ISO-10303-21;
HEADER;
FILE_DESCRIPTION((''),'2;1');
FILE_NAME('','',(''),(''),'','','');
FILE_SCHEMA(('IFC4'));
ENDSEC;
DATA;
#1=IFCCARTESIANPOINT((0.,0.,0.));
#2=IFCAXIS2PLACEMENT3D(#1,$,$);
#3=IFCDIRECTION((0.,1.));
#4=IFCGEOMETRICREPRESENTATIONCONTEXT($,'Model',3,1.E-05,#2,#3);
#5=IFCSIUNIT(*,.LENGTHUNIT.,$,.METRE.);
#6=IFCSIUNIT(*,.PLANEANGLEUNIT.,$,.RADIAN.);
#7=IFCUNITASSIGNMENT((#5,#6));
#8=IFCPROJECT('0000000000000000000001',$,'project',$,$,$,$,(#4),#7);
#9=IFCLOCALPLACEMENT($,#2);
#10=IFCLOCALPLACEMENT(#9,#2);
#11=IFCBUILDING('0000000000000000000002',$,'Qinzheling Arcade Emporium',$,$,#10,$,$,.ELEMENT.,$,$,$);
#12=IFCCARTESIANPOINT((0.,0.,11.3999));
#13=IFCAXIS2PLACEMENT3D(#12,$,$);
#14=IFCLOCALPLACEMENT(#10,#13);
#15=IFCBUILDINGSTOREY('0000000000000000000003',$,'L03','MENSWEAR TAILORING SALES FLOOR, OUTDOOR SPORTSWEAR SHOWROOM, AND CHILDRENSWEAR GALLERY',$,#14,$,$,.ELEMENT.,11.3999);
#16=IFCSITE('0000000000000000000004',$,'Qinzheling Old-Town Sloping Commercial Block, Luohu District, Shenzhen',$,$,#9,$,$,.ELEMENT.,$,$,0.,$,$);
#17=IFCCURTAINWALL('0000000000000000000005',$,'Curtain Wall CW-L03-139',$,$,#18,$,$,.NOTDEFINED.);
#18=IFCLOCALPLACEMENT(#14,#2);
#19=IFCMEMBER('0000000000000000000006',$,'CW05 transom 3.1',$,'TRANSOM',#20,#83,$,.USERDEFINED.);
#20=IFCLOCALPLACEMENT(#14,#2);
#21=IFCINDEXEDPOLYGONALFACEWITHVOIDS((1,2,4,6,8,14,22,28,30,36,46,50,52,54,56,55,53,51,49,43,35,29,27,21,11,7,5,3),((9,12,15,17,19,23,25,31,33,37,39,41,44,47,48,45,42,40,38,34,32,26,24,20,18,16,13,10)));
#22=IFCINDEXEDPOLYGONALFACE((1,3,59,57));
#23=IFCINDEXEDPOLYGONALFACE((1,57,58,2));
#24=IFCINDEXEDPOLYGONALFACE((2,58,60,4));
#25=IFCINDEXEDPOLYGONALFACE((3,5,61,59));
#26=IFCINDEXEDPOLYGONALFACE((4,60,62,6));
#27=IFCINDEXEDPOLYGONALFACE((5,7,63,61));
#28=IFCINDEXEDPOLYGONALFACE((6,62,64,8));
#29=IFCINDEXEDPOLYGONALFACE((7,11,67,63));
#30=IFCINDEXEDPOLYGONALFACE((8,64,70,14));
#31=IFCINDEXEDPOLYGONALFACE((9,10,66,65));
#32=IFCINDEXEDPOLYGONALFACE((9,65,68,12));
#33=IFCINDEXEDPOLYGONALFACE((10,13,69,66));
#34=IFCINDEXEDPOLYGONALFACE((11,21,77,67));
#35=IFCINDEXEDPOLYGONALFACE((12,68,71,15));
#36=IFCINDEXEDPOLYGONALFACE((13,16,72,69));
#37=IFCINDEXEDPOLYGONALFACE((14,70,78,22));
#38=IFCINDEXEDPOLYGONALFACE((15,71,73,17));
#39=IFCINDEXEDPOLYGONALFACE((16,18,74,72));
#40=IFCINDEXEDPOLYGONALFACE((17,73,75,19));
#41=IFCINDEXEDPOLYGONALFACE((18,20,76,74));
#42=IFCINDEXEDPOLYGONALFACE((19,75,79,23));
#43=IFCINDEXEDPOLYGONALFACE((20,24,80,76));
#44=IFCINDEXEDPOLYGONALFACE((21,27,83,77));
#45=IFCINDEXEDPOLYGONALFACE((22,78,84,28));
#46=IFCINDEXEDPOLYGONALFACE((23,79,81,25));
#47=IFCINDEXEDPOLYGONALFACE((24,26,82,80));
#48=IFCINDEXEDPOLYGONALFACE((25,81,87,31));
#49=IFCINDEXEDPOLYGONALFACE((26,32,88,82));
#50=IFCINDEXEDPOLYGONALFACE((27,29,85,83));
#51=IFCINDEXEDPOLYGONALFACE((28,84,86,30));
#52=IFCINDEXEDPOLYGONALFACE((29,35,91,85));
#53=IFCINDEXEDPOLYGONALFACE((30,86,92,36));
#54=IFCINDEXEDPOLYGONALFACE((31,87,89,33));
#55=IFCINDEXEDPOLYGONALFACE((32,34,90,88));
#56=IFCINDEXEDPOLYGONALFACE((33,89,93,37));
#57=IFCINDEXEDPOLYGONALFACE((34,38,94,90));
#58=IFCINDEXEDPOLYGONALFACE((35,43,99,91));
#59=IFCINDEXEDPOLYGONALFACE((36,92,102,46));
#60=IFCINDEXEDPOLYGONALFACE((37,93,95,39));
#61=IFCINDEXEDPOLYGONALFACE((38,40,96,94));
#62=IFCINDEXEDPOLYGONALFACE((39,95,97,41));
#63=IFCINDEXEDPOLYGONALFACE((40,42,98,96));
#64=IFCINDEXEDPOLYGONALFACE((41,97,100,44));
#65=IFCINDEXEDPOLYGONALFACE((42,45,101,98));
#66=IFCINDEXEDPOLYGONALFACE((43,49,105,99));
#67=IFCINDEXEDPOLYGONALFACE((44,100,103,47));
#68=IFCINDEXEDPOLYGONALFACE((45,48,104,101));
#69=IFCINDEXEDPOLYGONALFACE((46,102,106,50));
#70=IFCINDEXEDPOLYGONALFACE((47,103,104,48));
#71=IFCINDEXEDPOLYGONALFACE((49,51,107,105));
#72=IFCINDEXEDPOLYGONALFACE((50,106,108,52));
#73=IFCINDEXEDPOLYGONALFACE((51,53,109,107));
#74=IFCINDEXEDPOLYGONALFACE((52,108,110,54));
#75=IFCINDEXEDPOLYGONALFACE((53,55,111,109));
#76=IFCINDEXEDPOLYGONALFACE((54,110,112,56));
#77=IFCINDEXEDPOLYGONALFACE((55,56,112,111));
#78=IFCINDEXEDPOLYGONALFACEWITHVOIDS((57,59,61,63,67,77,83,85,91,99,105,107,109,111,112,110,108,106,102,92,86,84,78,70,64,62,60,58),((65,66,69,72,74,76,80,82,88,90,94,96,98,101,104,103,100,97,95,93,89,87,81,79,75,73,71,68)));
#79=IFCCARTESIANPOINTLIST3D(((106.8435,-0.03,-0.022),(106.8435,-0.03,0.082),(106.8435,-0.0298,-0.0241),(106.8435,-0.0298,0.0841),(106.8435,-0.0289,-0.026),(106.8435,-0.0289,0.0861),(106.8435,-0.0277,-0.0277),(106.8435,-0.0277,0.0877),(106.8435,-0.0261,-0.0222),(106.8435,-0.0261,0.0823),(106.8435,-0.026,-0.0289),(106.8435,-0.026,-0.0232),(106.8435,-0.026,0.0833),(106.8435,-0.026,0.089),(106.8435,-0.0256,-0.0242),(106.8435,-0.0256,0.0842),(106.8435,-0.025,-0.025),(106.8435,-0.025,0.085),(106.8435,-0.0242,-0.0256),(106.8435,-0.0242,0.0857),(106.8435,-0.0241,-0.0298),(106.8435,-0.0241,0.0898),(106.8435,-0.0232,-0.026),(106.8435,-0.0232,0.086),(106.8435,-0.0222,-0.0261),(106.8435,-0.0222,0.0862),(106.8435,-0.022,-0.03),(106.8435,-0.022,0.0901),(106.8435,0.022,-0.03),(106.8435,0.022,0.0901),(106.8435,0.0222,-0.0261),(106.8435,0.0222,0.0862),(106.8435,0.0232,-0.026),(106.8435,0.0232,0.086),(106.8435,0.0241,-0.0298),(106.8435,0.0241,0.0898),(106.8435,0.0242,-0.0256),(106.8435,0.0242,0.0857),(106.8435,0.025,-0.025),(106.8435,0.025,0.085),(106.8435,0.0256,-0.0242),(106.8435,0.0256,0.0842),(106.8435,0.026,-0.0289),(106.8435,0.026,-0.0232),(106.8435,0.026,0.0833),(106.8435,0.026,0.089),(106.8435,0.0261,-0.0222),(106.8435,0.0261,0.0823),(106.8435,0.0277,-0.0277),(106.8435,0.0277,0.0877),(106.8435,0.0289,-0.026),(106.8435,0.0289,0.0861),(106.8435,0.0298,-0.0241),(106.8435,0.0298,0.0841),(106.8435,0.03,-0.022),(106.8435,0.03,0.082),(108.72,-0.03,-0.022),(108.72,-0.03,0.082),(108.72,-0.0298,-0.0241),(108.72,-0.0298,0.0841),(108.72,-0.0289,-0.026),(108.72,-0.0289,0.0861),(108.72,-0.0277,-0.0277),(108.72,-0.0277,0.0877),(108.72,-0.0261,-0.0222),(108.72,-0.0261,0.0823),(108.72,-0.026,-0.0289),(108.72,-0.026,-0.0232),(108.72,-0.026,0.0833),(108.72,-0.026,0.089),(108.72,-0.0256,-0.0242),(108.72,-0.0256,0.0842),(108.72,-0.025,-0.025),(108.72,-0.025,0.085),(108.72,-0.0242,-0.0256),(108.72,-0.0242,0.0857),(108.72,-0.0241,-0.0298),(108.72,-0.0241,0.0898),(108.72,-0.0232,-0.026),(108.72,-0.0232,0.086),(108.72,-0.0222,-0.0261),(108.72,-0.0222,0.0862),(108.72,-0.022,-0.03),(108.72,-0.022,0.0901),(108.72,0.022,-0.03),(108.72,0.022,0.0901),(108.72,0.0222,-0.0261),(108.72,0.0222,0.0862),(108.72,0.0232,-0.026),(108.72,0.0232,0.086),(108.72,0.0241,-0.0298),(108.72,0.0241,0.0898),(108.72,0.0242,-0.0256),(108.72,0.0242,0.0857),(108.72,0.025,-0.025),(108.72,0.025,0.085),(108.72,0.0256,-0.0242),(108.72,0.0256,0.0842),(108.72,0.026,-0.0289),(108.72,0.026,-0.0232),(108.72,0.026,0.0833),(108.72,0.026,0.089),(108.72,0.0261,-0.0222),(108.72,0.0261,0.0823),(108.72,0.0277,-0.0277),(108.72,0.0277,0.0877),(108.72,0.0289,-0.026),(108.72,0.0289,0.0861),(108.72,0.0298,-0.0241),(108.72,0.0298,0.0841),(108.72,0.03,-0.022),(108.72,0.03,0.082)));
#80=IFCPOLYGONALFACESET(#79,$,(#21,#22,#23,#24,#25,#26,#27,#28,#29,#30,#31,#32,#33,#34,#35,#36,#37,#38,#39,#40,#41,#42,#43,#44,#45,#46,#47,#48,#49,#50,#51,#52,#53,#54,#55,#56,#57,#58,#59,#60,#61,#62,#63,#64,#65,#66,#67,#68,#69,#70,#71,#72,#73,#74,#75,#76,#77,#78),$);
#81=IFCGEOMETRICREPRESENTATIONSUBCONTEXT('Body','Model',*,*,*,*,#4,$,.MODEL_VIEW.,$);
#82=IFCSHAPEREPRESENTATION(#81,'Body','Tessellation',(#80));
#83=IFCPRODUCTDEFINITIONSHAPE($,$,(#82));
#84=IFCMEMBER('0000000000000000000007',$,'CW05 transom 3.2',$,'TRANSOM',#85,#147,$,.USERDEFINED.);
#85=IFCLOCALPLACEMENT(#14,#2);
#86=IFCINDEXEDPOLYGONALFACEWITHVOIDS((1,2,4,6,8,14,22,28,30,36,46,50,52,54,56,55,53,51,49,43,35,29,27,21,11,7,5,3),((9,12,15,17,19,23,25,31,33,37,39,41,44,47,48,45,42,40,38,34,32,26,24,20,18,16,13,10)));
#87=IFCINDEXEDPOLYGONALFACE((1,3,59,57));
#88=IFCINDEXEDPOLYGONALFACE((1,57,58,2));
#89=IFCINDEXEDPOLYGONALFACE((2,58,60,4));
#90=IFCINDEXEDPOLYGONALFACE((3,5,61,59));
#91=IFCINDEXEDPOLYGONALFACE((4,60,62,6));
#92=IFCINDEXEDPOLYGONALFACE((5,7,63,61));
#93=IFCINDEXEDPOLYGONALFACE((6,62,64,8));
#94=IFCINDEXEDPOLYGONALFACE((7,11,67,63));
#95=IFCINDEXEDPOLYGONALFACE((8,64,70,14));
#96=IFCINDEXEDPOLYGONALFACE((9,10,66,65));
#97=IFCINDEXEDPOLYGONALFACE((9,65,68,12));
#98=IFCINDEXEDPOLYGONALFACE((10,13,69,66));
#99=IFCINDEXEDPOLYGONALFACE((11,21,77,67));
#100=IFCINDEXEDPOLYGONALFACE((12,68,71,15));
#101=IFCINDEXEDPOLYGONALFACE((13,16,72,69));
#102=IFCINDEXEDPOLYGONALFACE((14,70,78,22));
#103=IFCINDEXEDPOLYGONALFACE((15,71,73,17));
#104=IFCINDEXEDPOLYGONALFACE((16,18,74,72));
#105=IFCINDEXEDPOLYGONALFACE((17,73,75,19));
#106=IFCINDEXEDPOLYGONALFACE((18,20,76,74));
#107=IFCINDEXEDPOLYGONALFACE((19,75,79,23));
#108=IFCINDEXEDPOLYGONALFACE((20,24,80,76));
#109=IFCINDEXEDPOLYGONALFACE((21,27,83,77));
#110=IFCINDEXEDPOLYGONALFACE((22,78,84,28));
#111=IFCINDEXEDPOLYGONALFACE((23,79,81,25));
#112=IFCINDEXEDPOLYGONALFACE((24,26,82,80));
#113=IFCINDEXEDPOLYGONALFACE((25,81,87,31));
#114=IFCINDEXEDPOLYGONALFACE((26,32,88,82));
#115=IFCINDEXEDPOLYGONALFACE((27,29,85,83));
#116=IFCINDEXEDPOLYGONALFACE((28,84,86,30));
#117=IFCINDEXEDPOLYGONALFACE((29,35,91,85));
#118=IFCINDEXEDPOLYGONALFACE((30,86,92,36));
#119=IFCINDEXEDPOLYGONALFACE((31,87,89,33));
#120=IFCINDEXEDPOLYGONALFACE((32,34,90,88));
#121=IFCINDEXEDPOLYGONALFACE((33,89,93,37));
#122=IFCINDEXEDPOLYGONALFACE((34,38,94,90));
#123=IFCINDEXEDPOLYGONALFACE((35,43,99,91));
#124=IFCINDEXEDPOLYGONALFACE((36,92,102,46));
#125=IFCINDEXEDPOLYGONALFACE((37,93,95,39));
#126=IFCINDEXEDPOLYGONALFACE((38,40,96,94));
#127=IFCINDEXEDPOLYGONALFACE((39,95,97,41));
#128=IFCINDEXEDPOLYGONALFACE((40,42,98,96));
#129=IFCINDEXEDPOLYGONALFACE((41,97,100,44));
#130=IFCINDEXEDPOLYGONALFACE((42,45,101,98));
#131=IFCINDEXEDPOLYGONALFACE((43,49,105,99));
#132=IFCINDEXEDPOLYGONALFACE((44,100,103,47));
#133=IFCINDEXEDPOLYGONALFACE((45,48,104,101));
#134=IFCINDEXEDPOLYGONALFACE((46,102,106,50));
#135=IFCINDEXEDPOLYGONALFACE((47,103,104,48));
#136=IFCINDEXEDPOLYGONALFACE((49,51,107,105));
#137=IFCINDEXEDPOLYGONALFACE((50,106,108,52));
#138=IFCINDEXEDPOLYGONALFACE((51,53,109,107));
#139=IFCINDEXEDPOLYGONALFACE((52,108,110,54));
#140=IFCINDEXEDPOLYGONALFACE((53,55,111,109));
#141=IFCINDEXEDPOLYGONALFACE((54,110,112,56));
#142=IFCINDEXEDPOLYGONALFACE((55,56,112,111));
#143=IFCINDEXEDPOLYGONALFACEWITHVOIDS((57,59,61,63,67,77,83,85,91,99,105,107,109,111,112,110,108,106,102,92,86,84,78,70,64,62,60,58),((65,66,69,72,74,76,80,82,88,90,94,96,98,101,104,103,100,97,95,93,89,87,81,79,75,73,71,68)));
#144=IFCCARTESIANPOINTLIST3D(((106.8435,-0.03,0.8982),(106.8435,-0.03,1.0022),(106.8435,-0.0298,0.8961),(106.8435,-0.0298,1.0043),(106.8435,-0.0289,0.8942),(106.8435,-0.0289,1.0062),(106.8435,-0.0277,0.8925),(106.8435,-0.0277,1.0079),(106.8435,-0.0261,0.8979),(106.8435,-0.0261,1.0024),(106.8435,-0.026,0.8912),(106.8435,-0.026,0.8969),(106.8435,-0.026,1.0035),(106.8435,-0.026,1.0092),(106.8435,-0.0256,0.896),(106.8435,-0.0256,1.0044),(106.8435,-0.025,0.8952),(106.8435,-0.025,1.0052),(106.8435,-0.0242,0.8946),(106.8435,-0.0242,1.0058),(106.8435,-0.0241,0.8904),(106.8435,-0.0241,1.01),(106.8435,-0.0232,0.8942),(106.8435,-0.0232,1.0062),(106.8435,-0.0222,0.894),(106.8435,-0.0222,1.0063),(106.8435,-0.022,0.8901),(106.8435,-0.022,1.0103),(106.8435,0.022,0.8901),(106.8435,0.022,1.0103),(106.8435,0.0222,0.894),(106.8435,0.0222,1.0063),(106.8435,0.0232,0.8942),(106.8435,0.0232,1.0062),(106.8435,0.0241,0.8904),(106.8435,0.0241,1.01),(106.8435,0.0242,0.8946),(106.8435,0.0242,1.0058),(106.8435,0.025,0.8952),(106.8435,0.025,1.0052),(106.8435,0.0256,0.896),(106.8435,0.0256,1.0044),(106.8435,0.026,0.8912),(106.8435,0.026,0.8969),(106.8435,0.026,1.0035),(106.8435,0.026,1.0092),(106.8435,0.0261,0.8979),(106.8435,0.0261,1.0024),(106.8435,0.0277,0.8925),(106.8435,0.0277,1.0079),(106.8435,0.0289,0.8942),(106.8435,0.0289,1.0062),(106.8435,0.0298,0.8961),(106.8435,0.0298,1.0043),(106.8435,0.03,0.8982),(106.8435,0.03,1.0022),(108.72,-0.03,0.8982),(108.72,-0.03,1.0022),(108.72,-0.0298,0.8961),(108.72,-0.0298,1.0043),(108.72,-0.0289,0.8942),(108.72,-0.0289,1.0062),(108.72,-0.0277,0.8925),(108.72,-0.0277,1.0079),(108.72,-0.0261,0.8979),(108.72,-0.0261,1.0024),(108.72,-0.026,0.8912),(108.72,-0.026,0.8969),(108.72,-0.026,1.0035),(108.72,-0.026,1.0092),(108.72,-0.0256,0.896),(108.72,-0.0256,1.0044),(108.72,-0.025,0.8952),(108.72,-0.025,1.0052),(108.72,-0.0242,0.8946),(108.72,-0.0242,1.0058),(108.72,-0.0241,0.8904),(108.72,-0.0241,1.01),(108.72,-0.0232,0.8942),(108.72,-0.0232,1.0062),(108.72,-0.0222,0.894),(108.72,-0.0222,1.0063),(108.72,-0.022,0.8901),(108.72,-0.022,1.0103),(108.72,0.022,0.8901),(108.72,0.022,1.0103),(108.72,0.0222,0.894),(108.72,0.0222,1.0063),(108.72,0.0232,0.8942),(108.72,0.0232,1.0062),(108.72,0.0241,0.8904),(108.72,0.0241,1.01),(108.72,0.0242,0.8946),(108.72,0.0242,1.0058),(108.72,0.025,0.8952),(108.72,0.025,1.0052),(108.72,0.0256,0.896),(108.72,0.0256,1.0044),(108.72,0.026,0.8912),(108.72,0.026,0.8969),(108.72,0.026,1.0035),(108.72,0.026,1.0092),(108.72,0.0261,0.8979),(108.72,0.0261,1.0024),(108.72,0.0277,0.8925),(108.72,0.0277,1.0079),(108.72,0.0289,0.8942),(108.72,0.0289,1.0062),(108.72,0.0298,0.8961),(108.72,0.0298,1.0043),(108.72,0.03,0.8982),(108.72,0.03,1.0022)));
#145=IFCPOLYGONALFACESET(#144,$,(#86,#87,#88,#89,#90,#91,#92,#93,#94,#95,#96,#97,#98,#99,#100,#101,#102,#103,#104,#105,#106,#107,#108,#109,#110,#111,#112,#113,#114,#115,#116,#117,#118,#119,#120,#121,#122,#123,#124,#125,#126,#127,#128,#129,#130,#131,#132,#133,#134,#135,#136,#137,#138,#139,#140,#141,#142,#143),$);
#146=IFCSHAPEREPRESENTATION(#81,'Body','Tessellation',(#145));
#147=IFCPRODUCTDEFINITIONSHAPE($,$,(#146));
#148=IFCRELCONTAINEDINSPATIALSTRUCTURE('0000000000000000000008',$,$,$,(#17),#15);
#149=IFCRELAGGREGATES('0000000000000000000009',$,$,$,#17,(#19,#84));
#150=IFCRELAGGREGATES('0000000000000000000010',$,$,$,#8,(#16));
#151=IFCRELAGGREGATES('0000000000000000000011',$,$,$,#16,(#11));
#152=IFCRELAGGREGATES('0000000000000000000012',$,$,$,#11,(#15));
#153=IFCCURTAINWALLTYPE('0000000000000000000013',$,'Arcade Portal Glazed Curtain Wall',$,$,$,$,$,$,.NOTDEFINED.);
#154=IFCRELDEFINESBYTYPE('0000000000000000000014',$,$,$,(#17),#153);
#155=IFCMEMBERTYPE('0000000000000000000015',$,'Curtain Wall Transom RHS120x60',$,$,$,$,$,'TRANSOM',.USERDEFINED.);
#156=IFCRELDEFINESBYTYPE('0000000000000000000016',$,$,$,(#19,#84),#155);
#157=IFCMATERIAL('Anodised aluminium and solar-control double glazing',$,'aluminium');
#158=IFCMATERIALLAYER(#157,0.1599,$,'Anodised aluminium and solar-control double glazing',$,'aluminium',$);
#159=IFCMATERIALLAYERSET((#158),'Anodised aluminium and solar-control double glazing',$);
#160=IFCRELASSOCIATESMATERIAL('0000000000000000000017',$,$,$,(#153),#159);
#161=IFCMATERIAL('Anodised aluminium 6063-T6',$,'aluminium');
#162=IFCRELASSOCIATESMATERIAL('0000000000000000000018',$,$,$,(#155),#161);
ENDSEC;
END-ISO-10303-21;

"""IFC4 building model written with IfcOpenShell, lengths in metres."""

from ifc_helpers import new_model, si_unit, direction, frame, origin, origin_2d, place, context, subcontext, project, spatial, hollow_rectangle, extrude, material, layer, layer_set, material_profile, profile_set, type_object, element, aggregate, save


model = new_model("IFC4")

# Units and contexts
model_context = context("Model", 3, precision=1e-05, world=origin(), true_north=direction((0.0, 1.0)))
body_context = subcontext(model_context, "Body", "Model", "MODEL_VIEW")
ifc_project = project(units=[si_unit("LENGTHUNIT", "METRE"), si_unit("PLANEANGLEUNIT", "RADIAN")], contexts=[model_context])

# Site, building, storey
site_placement = place(None, origin())
site = spatial("IfcSite", under=ifc_project, at=site_placement, Name="Qinzheling Old-Town Sloping Commercial Block, Luohu District, Shenzhen", CompositionType="ELEMENT", RefElevation=0.0)
building_placement = place(site_placement, origin())
building = spatial("IfcBuilding", under=site, at=building_placement, Name="Qinzheling Arcade Emporium", CompositionType="ELEMENT")
storey_placement = place(building_placement, frame((0.0, 0.0, 11.3999)))
storey = spatial("IfcBuildingStorey", under=building, at=storey_placement, Name="L03", Description="MENSWEAR TAILORING SALES FLOOR, OUTDOOR SPORTSWEAR SHOWROOM, AND CHILDRENSWEAR GALLERY", CompositionType="ELEMENT", Elevation=11.3999)

# Curtain wall, members
ifc_material_1 = material(Name="Anodised aluminium and solar-control double glazing", Category="aluminium")
ifc_layer_1 = layer(ifc_material_1, 0.1599, Name="Anodised aluminium and solar-control double glazing", Category="aluminium")
ifc_layer_set_1 = layer_set([ifc_layer_1], Name="Anodised aluminium and solar-control double glazing")
curtain_wall_type = type_object("IfcCurtainWallType", Name="Arcade Portal Glazed Curtain Wall", PredefinedType="NOTDEFINED", material=ifc_layer_set_1)
curtain_wall_placement = place(storey_placement, origin())
curtain_wall = element("IfcCurtainWall", 1, at=curtain_wall_placement, inside=storey, type_object=curtain_wall_type, Name="Curtain Wall CW-L03-139", PredefinedType="NOTDEFINED")
ifc_material_2 = material(Name="Anodised aluminium 6063-T6", Category="aluminium")
ifc_material_profile_1 = material_profile(ifc_material_2, hollow_rectangle(XDim=0.0601, YDim=0.1201, WallThickness=0.0039, InnerFilletRadius=0.0039, OuterFilletRadius=0.0081, at=origin_2d()), Name="RHS 120x60x4", Category="aluminium")
ifc_profile_set_1 = profile_set([ifc_material_profile_1], Name="Anodised aluminium 6063-T6")
member_type_1 = type_object("IfcMemberType", Name="Curtain Wall Transom RHS120x60", ElementType="TRANSOM", PredefinedType="USERDEFINED", material=ifc_profile_set_1)
member_1_placement = place(storey_placement, frame((108.72, 0.0, 0.03), z_axis=(-1.0, 0.0, 0.0), x_axis=(0.0, -1.0, 0.0)))
member_1 = element("IfcMember", 2, at=member_1_placement, type_object=member_type_1, Name="CW05 transom 3.1", ObjectType="TRANSOM", PredefinedType="USERDEFINED", context=body_context, shape_type="SweptSolid", body=[
    extrude(hollow_rectangle(XDim=0.0601, YDim=0.1201, WallThickness=0.0039, InnerFilletRadius=0.0039, OuterFilletRadius=0.0081, at=origin_2d()), origin(), (0.0, 0.0, 1.0), 1.8765),
])
member_2_placement = place(storey_placement, frame((108.72, 0.0, 0.9502), z_axis=(-1.0, 0.0, 0.0), x_axis=(0.0, -1.0, 0.0)))
member_2 = element("IfcMember", 3, at=member_2_placement, type_object=member_type_1, Name="CW05 transom 3.2", ObjectType="TRANSOM", PredefinedType="USERDEFINED", context=body_context, shape_type="SweptSolid", body=[
    extrude(hollow_rectangle(XDim=0.0601, YDim=0.1201, WallThickness=0.0039, InnerFilletRadius=0.0039, OuterFilletRadius=0.0081, at=origin_2d()), origin(), (0.0, 0.0, 1.0), 1.8765),
])

aggregate(curtain_wall, [member_1, member_2])

save(model, "model.ifc")
